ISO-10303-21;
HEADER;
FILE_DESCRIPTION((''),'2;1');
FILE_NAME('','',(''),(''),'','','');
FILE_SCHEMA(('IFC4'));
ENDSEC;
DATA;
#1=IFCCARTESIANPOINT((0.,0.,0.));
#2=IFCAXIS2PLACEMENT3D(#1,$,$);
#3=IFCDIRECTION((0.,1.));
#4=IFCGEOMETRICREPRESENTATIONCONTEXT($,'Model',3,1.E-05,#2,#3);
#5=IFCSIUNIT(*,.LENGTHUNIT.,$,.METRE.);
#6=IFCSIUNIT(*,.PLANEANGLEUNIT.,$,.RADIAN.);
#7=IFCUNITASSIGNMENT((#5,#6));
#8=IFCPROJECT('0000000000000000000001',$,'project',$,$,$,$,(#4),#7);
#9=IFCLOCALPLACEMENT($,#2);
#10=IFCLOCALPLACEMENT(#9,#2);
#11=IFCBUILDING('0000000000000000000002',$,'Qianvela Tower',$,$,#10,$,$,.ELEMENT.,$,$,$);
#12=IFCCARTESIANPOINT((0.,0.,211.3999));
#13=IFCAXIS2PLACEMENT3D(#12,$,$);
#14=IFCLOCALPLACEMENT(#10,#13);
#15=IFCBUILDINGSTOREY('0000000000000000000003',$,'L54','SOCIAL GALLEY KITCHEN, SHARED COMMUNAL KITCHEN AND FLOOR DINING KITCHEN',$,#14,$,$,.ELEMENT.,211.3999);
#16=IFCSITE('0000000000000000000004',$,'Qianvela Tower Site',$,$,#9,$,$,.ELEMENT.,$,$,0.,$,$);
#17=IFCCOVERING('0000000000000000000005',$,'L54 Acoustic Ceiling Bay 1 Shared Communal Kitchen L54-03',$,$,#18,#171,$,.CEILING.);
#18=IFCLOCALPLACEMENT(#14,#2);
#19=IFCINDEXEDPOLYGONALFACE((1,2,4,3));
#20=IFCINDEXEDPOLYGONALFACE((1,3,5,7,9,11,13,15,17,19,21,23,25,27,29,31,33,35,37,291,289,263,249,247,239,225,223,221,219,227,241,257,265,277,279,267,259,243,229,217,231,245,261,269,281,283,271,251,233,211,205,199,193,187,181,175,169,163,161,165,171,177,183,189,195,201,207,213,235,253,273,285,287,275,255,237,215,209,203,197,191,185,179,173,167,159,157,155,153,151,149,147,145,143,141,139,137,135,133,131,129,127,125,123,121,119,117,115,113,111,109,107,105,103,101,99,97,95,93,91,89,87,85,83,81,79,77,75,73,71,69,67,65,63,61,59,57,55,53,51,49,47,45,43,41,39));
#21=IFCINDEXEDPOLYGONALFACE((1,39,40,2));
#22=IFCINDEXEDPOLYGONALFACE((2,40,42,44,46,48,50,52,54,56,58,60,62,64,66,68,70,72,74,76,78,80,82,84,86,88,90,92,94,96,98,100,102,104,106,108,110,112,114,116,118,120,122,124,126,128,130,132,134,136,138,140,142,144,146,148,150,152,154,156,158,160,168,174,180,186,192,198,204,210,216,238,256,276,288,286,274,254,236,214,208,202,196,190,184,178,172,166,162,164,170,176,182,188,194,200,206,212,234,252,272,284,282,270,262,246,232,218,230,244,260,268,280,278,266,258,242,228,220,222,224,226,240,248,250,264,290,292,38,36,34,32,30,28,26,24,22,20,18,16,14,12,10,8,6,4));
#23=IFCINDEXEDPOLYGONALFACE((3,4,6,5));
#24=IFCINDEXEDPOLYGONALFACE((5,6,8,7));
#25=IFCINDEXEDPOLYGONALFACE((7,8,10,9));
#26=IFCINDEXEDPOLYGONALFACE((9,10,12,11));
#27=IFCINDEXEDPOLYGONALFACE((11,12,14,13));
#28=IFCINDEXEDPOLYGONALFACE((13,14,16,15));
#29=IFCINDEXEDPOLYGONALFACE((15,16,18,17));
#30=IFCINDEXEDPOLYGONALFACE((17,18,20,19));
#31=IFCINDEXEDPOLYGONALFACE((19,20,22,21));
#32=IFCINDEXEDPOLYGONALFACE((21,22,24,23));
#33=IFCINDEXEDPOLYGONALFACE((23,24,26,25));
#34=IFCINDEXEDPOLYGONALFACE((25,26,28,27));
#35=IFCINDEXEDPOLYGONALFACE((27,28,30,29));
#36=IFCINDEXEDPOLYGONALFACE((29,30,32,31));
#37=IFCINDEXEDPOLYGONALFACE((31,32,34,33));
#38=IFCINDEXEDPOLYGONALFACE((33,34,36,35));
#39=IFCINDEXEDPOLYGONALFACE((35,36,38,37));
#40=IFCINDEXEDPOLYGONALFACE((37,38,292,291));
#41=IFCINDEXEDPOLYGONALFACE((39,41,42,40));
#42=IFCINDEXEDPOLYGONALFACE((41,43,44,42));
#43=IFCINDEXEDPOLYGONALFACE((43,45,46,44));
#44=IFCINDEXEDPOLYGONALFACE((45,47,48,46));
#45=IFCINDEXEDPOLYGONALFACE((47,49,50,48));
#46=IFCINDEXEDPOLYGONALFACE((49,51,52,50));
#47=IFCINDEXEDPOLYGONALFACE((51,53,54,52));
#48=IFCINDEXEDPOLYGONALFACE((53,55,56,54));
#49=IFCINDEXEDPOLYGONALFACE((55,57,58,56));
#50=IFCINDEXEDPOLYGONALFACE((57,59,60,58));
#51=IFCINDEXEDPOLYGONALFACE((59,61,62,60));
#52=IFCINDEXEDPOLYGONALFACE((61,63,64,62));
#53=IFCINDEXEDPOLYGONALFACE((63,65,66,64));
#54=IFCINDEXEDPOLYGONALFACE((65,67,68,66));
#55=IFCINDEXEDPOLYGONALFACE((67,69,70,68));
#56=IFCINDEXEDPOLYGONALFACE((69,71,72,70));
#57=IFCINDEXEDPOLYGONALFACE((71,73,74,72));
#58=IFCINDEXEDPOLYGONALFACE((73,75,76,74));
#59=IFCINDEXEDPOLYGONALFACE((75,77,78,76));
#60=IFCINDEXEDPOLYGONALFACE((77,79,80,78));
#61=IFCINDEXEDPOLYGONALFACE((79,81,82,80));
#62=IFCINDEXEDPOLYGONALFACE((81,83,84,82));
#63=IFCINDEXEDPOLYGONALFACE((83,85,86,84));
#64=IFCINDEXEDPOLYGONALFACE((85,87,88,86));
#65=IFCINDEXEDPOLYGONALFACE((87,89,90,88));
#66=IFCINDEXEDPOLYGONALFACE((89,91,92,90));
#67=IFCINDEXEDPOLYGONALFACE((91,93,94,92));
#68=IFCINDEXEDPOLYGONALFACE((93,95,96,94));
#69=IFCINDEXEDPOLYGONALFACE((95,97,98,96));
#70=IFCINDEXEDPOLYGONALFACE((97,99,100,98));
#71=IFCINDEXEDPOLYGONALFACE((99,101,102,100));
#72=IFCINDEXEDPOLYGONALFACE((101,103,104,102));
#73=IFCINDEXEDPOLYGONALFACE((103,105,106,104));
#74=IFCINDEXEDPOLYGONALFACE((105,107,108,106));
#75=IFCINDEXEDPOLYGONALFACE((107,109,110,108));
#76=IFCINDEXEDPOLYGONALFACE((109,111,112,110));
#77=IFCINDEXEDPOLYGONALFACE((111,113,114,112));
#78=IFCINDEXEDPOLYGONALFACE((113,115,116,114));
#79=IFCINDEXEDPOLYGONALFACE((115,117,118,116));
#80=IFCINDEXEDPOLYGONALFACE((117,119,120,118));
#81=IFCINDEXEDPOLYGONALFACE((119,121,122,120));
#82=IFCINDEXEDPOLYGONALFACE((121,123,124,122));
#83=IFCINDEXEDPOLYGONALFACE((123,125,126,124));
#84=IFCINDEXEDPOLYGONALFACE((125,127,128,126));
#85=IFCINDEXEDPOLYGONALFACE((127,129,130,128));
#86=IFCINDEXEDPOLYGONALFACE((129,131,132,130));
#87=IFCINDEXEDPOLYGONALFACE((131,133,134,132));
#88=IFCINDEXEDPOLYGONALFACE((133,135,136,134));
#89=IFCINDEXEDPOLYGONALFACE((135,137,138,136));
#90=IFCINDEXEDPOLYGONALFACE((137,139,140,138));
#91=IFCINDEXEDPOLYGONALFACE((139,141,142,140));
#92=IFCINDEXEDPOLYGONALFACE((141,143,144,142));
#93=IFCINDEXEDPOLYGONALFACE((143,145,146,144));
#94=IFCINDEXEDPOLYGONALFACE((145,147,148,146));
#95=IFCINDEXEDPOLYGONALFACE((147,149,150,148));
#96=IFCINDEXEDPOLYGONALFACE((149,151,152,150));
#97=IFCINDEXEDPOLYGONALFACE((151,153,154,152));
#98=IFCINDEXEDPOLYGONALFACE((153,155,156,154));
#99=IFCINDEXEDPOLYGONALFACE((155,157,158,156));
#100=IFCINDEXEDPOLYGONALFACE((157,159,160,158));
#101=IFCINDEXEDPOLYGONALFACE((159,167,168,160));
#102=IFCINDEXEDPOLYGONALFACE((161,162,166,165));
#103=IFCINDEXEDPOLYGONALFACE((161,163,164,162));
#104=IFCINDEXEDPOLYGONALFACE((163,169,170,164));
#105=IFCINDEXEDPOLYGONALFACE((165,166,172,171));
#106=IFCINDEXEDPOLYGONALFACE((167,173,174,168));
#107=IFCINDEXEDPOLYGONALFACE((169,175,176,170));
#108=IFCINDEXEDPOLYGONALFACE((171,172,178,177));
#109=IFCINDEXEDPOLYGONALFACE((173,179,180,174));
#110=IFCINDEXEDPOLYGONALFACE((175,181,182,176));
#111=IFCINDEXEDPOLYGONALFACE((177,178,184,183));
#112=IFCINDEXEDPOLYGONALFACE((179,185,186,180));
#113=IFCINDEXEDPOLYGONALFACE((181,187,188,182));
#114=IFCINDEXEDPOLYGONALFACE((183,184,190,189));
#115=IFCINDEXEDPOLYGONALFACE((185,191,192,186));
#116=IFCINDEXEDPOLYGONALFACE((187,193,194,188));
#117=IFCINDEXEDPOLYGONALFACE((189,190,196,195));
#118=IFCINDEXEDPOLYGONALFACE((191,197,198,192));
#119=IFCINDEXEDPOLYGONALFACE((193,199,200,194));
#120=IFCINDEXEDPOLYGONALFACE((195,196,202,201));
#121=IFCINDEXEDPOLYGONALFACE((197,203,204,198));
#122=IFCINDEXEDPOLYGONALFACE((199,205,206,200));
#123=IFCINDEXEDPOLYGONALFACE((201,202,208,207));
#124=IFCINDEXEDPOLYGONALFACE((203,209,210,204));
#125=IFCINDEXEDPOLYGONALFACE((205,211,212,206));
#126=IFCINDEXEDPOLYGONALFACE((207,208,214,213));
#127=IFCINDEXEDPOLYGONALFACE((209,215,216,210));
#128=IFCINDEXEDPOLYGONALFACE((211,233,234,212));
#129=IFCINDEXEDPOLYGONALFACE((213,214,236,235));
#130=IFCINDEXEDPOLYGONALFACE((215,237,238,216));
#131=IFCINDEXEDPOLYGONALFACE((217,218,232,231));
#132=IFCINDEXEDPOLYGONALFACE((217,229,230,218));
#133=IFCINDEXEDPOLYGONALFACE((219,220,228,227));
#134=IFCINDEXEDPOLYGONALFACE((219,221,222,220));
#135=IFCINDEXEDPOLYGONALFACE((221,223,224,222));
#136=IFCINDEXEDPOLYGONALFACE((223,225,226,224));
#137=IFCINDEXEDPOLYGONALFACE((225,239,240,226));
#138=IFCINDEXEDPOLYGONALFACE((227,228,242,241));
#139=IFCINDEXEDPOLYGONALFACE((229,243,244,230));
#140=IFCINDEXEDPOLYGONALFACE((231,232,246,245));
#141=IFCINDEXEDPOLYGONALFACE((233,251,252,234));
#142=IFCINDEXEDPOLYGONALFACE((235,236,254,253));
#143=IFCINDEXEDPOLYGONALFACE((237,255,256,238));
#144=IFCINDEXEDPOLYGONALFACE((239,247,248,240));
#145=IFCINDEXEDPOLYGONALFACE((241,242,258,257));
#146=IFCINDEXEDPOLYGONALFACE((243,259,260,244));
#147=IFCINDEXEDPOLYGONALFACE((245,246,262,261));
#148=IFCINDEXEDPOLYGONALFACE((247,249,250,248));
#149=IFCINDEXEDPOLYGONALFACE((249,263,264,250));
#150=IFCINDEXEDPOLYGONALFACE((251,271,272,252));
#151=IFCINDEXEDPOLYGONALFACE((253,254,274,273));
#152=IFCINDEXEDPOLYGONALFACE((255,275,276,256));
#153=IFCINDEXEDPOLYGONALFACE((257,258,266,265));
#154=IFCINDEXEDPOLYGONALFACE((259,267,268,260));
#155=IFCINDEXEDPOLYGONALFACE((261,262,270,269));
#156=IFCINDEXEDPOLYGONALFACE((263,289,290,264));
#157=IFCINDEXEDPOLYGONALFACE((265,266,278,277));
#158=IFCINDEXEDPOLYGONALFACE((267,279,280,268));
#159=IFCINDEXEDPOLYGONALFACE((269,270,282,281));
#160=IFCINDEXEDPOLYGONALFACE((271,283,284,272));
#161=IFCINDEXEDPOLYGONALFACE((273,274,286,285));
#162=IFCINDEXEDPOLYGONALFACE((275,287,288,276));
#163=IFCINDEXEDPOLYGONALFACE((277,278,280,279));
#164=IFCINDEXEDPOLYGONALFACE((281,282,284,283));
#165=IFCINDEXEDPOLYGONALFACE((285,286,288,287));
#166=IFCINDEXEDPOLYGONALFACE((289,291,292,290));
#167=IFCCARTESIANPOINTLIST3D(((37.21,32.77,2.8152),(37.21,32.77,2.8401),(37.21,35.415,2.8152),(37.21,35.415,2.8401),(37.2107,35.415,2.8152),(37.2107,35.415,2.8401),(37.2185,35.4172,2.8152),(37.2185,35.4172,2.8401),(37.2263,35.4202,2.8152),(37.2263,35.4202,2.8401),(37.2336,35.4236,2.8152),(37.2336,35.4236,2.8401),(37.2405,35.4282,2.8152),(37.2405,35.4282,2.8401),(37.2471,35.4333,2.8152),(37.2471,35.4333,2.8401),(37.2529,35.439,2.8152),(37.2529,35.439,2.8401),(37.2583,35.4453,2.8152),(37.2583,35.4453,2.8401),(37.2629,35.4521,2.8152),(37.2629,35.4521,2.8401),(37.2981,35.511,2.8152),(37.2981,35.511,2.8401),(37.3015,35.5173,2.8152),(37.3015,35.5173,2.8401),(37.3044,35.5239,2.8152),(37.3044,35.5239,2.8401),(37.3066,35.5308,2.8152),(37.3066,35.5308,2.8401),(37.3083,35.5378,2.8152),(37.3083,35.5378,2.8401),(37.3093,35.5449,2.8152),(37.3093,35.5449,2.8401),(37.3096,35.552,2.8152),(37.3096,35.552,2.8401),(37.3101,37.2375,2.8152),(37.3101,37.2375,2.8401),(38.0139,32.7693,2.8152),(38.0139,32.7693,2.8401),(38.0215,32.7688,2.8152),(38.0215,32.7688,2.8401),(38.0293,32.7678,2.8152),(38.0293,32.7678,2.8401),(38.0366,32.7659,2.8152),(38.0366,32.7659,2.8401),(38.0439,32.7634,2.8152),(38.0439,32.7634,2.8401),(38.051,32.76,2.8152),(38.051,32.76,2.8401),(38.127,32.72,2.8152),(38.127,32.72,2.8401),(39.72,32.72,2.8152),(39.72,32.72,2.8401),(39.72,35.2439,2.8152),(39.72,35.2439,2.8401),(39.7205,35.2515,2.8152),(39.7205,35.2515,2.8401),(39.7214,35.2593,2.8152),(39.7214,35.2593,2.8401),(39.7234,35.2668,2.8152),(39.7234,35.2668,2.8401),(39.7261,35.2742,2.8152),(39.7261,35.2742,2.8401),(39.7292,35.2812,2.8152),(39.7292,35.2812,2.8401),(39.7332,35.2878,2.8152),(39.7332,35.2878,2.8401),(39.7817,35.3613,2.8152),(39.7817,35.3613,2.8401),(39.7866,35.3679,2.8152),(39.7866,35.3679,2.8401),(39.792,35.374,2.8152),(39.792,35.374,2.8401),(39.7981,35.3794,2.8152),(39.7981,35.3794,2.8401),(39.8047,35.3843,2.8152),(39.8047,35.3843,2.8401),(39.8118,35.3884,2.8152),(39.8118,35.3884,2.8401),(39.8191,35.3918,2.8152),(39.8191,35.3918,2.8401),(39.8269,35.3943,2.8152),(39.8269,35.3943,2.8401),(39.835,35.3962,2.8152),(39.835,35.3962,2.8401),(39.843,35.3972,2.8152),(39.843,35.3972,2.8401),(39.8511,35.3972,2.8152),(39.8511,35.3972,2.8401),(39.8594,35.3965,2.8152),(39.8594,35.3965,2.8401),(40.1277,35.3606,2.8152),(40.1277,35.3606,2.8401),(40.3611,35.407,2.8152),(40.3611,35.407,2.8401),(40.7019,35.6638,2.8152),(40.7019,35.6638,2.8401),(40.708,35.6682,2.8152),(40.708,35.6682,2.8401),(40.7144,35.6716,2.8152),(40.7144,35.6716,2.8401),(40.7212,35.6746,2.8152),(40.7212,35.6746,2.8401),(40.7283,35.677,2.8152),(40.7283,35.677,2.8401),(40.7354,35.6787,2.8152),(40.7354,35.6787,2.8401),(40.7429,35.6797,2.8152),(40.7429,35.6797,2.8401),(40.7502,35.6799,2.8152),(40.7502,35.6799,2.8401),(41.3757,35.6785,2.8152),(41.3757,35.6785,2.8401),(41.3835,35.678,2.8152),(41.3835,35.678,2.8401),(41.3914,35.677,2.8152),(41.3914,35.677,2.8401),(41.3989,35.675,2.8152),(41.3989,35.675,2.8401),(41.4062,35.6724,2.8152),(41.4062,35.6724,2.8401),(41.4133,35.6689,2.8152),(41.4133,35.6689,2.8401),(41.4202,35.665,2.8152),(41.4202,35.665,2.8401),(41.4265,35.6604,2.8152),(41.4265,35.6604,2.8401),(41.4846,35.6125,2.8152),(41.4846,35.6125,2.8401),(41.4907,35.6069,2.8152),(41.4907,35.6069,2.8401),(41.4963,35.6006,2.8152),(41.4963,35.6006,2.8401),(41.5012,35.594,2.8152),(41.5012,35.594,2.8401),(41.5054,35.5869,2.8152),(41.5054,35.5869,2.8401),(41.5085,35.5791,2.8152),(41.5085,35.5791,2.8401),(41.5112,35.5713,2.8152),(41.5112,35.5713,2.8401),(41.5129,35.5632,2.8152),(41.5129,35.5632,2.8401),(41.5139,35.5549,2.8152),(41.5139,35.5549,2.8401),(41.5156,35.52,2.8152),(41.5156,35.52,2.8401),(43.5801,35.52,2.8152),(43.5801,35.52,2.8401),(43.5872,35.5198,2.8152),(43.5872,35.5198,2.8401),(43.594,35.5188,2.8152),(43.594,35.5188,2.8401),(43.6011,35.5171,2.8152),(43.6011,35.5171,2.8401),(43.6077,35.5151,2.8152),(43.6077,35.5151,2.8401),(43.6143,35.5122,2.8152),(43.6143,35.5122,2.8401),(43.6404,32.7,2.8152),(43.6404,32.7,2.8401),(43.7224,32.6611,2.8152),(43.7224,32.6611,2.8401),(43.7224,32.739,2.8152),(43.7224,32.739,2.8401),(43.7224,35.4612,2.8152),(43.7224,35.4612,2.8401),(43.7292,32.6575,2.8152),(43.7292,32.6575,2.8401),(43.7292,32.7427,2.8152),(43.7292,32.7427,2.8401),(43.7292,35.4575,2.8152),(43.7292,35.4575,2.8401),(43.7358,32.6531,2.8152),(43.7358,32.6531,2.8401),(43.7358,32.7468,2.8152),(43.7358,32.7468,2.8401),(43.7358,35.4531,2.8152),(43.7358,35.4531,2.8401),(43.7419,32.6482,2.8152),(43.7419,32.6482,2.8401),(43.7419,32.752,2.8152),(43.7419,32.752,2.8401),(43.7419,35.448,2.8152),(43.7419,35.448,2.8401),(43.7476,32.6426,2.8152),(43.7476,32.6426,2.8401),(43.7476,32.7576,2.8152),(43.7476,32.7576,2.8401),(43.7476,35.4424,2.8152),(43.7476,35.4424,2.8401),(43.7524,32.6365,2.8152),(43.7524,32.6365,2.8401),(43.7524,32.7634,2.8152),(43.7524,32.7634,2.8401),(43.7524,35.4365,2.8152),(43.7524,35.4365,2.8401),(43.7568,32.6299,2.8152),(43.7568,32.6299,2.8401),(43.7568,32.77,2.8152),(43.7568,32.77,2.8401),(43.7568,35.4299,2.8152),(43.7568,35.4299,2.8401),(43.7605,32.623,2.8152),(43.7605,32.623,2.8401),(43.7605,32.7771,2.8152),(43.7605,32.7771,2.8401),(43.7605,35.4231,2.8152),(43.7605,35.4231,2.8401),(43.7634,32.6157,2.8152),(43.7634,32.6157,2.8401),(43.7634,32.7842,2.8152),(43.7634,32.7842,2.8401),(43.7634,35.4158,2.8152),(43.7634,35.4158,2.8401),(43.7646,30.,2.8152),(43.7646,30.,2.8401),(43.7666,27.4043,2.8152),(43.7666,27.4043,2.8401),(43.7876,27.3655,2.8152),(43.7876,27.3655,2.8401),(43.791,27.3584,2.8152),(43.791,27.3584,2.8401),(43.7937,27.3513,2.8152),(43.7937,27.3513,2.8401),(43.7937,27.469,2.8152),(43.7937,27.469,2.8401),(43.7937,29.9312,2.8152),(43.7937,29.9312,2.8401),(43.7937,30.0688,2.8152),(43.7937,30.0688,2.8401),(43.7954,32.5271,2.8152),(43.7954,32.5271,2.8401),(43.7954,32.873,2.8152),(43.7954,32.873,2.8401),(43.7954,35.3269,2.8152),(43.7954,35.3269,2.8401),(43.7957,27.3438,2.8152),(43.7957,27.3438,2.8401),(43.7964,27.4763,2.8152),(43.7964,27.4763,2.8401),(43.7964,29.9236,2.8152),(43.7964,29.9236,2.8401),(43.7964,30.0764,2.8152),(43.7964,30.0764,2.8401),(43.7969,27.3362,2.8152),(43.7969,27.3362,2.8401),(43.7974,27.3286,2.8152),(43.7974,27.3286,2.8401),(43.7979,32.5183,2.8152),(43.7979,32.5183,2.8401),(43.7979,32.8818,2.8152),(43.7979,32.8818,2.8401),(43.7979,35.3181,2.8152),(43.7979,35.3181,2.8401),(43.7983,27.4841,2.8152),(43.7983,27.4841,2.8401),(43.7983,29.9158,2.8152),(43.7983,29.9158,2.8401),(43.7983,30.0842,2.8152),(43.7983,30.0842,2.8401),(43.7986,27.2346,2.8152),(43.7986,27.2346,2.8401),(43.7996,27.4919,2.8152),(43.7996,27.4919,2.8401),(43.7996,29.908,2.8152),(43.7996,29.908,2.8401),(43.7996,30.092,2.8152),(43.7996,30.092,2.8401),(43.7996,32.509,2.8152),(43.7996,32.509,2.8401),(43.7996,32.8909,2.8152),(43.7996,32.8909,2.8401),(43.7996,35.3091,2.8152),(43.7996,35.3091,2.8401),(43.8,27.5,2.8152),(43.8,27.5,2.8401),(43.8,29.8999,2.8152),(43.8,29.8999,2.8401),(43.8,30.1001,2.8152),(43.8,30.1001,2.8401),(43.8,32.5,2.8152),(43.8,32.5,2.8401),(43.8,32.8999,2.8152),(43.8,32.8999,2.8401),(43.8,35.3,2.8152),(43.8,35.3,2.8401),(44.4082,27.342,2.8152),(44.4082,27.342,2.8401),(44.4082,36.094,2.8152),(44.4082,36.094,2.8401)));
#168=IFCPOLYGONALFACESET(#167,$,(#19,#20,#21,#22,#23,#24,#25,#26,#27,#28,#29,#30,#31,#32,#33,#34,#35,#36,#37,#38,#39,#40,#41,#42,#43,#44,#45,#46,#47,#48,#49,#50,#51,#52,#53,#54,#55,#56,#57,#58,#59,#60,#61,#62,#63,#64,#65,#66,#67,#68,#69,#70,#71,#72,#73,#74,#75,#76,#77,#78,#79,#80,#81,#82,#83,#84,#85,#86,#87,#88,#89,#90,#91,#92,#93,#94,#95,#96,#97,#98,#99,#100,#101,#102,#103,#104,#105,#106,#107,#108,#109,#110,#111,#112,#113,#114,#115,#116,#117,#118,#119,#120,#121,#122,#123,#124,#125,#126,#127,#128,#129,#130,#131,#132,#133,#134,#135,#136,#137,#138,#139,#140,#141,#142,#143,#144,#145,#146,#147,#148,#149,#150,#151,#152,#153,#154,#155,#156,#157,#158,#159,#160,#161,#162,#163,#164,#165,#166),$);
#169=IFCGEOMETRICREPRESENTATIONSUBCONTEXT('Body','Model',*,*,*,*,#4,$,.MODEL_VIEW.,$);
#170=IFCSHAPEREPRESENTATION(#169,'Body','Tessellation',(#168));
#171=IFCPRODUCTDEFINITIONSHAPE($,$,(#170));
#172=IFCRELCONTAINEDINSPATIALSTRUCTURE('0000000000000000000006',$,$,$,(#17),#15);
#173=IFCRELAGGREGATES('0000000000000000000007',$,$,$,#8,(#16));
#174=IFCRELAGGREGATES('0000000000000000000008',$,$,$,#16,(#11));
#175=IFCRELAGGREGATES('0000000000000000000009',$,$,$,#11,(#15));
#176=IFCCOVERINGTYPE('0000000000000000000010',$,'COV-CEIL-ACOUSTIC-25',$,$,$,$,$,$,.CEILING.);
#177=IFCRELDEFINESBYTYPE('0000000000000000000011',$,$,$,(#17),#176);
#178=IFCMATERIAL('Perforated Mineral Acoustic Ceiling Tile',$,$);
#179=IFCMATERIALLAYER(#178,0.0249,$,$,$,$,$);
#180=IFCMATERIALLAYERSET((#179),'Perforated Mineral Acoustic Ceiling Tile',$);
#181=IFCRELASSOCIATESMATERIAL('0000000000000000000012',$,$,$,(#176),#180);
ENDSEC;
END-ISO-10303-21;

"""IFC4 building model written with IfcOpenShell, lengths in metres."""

from ifc_helpers import new_model, si_unit, direction, frame, origin, place, context, subcontext, project, spatial, polyline, outline, extrude, material, layer, layer_set, type_object, element, save


model = new_model("IFC4")

# Units and contexts
model_context = context("Model", 3, precision=1e-05, world=origin(), true_north=direction((0.0, 1.0)))
body_context = subcontext(model_context, "Body", "Model", "MODEL_VIEW")
ifc_project = project(units=[si_unit("LENGTHUNIT", "METRE"), si_unit("PLANEANGLEUNIT", "RADIAN")], contexts=[model_context])

# Site, building, storey
site_placement = place(None, origin())
site = spatial("IfcSite", under=ifc_project, at=site_placement, Name="Qianvela Tower Site", CompositionType="ELEMENT", RefElevation=0.0)
building_placement = place(site_placement, origin())
building = spatial("IfcBuilding", under=site, at=building_placement, Name="Qianvela Tower", CompositionType="ELEMENT")
storey_placement = place(building_placement, frame((0.0, 0.0, 211.3999)))
storey = spatial("IfcBuildingStorey", under=building, at=storey_placement, Name="L54", Description="SOCIAL GALLEY KITCHEN, SHARED COMMUNAL KITCHEN AND FLOOR DINING KITCHEN", CompositionType="ELEMENT", Elevation=211.3999)

# Covering
ifc_material_1 = material(Name="Perforated Mineral Acoustic Ceiling Tile")
ifc_layer_1 = layer(ifc_material_1, 0.0249)
ifc_layer_set_1 = layer_set([ifc_layer_1], Name="Perforated Mineral Acoustic Ceiling Tile")
covering_type_1 = type_object("IfcCoveringType", Name="COV-CEIL-ACOUSTIC-25", PredefinedType="CEILING", material=ifc_layer_set_1)
covering_1_placement = place(storey_placement, frame((0.0, 0.0, 2.8152)))
element("IfcCovering", 1, at=covering_1_placement, inside=storey, type_object=covering_type_1, Name="L54 Acoustic Ceiling Bay 1 Shared Communal Kitchen L54-03", PredefinedType="CEILING", context=body_context, shape_type="SweptSolid", body=[
    extrude(outline(polyline([(43.7224, 32.739), (43.7292, 32.7427), (43.7358, 32.7468), (43.7419, 32.752), (43.7476, 32.7576), (43.7524, 32.7634), (43.7568, 32.77), (43.7605, 32.7771), (43.7634, 32.7842), (43.7954, 32.873), (43.7979, 32.8818), (43.7996, 32.8909), (43.8, 32.8999), (43.8, 35.3), (43.7996, 35.3091), (43.7979, 35.3181), (43.7954, 35.3269), (43.7634, 35.4158), (43.7605, 35.4231), (43.7568, 35.4299), (43.7524, 35.4365), (43.7476, 35.4424), (43.7419, 35.448), (43.7358, 35.4531), (43.7292, 35.4575), (43.7224, 35.4612), (43.6143, 35.5122), (43.6077, 35.5151), (43.6011, 35.5171), (43.594, 35.5188), (43.5872, 35.5198), (43.5801, 35.52), (41.5156, 35.52), (41.5139, 35.5549), (41.5129, 35.5632), (41.5112, 35.5713), (41.5085, 35.5791), (41.5054, 35.5869), (41.5012, 35.594), (41.4963, 35.6006), (41.4907, 35.6069), (41.4846, 35.6125), (41.4265, 35.6604), (41.4202, 35.665), (41.4133, 35.6689), (41.4062, 35.6724), (41.3989, 35.675), (41.3914, 35.677), (41.3835, 35.678), (41.3757, 35.6785), (40.7502, 35.6799), (40.7429, 35.6797), (40.7354, 35.6787), (40.7283, 35.677), (40.7212, 35.6746), (40.7144, 35.6716), (40.708, 35.6682), (40.7019, 35.6638), (40.3611, 35.407), (40.1277, 35.3606), (39.8594, 35.3965), (39.8511, 35.3972), (39.843, 35.3972), (39.835, 35.3962), (39.8269, 35.3943), (39.8191, 35.3918), (39.8118, 35.3884), (39.8047, 35.3843), (39.7981, 35.3794), (39.792, 35.374), (39.7866, 35.3679), (39.7817, 35.3613), (39.7332, 35.2878), (39.7292, 35.2812), (39.7261, 35.2742), (39.7234, 35.2668), (39.7214, 35.2593), (39.7205, 35.2515), (39.72, 35.2439), (39.72, 32.72), (38.127, 32.72), (38.051, 32.76), (38.0439, 32.7634), (38.0366, 32.7659), (38.0293, 32.7678), (38.0215, 32.7688), (38.0139, 32.7693), (37.21, 32.77), (37.21, 35.415), (37.2107, 35.415), (37.2185, 35.4172), (37.2263, 35.4202), (37.2336, 35.4236), (37.2405, 35.4282), (37.2471, 35.4333), (37.2529, 35.439), (37.2583, 35.4453), (37.2629, 35.4521), (37.2981, 35.511), (37.3015, 35.5173), (37.3044, 35.5239), (37.3066, 35.5308), (37.3083, 35.5378), (37.3093, 35.5449), (37.3096, 35.552), (37.3101, 37.2375), (44.4082, 36.094), (44.4082, 27.342), (43.7986, 27.2346), (43.7974, 27.3286), (43.7969, 27.3362), (43.7957, 27.3438), (43.7937, 27.3513), (43.791, 27.3584), (43.7876, 27.3655), (43.7666, 27.4043), (43.7937, 27.469), (43.7964, 27.4763), (43.7983, 27.4841), (43.7996, 27.4919), (43.8, 27.5), (43.8, 29.8999), (43.7996, 29.908), (43.7983, 29.9158), (43.7964, 29.9236), (43.7937, 29.9312), (43.7646, 30.0), (43.7937, 30.0688), (43.7964, 30.0764), (43.7983, 30.0842), (43.7996, 30.092), (43.8, 30.1001), (43.8, 32.5), (43.7996, 32.509), (43.7979, 32.5183), (43.7954, 32.5271), (43.7634, 32.6157), (43.7605, 32.623), (43.7568, 32.6299), (43.7524, 32.6365), (43.7476, 32.6426), (43.7419, 32.6482), (43.7358, 32.6531), (43.7292, 32.6575), (43.7224, 32.6611), (43.6404, 32.7), (43.7224, 32.739)])), origin(), (0.0, 0.0, 1.0), 0.0249),
])

save(model, "model.ifc")
